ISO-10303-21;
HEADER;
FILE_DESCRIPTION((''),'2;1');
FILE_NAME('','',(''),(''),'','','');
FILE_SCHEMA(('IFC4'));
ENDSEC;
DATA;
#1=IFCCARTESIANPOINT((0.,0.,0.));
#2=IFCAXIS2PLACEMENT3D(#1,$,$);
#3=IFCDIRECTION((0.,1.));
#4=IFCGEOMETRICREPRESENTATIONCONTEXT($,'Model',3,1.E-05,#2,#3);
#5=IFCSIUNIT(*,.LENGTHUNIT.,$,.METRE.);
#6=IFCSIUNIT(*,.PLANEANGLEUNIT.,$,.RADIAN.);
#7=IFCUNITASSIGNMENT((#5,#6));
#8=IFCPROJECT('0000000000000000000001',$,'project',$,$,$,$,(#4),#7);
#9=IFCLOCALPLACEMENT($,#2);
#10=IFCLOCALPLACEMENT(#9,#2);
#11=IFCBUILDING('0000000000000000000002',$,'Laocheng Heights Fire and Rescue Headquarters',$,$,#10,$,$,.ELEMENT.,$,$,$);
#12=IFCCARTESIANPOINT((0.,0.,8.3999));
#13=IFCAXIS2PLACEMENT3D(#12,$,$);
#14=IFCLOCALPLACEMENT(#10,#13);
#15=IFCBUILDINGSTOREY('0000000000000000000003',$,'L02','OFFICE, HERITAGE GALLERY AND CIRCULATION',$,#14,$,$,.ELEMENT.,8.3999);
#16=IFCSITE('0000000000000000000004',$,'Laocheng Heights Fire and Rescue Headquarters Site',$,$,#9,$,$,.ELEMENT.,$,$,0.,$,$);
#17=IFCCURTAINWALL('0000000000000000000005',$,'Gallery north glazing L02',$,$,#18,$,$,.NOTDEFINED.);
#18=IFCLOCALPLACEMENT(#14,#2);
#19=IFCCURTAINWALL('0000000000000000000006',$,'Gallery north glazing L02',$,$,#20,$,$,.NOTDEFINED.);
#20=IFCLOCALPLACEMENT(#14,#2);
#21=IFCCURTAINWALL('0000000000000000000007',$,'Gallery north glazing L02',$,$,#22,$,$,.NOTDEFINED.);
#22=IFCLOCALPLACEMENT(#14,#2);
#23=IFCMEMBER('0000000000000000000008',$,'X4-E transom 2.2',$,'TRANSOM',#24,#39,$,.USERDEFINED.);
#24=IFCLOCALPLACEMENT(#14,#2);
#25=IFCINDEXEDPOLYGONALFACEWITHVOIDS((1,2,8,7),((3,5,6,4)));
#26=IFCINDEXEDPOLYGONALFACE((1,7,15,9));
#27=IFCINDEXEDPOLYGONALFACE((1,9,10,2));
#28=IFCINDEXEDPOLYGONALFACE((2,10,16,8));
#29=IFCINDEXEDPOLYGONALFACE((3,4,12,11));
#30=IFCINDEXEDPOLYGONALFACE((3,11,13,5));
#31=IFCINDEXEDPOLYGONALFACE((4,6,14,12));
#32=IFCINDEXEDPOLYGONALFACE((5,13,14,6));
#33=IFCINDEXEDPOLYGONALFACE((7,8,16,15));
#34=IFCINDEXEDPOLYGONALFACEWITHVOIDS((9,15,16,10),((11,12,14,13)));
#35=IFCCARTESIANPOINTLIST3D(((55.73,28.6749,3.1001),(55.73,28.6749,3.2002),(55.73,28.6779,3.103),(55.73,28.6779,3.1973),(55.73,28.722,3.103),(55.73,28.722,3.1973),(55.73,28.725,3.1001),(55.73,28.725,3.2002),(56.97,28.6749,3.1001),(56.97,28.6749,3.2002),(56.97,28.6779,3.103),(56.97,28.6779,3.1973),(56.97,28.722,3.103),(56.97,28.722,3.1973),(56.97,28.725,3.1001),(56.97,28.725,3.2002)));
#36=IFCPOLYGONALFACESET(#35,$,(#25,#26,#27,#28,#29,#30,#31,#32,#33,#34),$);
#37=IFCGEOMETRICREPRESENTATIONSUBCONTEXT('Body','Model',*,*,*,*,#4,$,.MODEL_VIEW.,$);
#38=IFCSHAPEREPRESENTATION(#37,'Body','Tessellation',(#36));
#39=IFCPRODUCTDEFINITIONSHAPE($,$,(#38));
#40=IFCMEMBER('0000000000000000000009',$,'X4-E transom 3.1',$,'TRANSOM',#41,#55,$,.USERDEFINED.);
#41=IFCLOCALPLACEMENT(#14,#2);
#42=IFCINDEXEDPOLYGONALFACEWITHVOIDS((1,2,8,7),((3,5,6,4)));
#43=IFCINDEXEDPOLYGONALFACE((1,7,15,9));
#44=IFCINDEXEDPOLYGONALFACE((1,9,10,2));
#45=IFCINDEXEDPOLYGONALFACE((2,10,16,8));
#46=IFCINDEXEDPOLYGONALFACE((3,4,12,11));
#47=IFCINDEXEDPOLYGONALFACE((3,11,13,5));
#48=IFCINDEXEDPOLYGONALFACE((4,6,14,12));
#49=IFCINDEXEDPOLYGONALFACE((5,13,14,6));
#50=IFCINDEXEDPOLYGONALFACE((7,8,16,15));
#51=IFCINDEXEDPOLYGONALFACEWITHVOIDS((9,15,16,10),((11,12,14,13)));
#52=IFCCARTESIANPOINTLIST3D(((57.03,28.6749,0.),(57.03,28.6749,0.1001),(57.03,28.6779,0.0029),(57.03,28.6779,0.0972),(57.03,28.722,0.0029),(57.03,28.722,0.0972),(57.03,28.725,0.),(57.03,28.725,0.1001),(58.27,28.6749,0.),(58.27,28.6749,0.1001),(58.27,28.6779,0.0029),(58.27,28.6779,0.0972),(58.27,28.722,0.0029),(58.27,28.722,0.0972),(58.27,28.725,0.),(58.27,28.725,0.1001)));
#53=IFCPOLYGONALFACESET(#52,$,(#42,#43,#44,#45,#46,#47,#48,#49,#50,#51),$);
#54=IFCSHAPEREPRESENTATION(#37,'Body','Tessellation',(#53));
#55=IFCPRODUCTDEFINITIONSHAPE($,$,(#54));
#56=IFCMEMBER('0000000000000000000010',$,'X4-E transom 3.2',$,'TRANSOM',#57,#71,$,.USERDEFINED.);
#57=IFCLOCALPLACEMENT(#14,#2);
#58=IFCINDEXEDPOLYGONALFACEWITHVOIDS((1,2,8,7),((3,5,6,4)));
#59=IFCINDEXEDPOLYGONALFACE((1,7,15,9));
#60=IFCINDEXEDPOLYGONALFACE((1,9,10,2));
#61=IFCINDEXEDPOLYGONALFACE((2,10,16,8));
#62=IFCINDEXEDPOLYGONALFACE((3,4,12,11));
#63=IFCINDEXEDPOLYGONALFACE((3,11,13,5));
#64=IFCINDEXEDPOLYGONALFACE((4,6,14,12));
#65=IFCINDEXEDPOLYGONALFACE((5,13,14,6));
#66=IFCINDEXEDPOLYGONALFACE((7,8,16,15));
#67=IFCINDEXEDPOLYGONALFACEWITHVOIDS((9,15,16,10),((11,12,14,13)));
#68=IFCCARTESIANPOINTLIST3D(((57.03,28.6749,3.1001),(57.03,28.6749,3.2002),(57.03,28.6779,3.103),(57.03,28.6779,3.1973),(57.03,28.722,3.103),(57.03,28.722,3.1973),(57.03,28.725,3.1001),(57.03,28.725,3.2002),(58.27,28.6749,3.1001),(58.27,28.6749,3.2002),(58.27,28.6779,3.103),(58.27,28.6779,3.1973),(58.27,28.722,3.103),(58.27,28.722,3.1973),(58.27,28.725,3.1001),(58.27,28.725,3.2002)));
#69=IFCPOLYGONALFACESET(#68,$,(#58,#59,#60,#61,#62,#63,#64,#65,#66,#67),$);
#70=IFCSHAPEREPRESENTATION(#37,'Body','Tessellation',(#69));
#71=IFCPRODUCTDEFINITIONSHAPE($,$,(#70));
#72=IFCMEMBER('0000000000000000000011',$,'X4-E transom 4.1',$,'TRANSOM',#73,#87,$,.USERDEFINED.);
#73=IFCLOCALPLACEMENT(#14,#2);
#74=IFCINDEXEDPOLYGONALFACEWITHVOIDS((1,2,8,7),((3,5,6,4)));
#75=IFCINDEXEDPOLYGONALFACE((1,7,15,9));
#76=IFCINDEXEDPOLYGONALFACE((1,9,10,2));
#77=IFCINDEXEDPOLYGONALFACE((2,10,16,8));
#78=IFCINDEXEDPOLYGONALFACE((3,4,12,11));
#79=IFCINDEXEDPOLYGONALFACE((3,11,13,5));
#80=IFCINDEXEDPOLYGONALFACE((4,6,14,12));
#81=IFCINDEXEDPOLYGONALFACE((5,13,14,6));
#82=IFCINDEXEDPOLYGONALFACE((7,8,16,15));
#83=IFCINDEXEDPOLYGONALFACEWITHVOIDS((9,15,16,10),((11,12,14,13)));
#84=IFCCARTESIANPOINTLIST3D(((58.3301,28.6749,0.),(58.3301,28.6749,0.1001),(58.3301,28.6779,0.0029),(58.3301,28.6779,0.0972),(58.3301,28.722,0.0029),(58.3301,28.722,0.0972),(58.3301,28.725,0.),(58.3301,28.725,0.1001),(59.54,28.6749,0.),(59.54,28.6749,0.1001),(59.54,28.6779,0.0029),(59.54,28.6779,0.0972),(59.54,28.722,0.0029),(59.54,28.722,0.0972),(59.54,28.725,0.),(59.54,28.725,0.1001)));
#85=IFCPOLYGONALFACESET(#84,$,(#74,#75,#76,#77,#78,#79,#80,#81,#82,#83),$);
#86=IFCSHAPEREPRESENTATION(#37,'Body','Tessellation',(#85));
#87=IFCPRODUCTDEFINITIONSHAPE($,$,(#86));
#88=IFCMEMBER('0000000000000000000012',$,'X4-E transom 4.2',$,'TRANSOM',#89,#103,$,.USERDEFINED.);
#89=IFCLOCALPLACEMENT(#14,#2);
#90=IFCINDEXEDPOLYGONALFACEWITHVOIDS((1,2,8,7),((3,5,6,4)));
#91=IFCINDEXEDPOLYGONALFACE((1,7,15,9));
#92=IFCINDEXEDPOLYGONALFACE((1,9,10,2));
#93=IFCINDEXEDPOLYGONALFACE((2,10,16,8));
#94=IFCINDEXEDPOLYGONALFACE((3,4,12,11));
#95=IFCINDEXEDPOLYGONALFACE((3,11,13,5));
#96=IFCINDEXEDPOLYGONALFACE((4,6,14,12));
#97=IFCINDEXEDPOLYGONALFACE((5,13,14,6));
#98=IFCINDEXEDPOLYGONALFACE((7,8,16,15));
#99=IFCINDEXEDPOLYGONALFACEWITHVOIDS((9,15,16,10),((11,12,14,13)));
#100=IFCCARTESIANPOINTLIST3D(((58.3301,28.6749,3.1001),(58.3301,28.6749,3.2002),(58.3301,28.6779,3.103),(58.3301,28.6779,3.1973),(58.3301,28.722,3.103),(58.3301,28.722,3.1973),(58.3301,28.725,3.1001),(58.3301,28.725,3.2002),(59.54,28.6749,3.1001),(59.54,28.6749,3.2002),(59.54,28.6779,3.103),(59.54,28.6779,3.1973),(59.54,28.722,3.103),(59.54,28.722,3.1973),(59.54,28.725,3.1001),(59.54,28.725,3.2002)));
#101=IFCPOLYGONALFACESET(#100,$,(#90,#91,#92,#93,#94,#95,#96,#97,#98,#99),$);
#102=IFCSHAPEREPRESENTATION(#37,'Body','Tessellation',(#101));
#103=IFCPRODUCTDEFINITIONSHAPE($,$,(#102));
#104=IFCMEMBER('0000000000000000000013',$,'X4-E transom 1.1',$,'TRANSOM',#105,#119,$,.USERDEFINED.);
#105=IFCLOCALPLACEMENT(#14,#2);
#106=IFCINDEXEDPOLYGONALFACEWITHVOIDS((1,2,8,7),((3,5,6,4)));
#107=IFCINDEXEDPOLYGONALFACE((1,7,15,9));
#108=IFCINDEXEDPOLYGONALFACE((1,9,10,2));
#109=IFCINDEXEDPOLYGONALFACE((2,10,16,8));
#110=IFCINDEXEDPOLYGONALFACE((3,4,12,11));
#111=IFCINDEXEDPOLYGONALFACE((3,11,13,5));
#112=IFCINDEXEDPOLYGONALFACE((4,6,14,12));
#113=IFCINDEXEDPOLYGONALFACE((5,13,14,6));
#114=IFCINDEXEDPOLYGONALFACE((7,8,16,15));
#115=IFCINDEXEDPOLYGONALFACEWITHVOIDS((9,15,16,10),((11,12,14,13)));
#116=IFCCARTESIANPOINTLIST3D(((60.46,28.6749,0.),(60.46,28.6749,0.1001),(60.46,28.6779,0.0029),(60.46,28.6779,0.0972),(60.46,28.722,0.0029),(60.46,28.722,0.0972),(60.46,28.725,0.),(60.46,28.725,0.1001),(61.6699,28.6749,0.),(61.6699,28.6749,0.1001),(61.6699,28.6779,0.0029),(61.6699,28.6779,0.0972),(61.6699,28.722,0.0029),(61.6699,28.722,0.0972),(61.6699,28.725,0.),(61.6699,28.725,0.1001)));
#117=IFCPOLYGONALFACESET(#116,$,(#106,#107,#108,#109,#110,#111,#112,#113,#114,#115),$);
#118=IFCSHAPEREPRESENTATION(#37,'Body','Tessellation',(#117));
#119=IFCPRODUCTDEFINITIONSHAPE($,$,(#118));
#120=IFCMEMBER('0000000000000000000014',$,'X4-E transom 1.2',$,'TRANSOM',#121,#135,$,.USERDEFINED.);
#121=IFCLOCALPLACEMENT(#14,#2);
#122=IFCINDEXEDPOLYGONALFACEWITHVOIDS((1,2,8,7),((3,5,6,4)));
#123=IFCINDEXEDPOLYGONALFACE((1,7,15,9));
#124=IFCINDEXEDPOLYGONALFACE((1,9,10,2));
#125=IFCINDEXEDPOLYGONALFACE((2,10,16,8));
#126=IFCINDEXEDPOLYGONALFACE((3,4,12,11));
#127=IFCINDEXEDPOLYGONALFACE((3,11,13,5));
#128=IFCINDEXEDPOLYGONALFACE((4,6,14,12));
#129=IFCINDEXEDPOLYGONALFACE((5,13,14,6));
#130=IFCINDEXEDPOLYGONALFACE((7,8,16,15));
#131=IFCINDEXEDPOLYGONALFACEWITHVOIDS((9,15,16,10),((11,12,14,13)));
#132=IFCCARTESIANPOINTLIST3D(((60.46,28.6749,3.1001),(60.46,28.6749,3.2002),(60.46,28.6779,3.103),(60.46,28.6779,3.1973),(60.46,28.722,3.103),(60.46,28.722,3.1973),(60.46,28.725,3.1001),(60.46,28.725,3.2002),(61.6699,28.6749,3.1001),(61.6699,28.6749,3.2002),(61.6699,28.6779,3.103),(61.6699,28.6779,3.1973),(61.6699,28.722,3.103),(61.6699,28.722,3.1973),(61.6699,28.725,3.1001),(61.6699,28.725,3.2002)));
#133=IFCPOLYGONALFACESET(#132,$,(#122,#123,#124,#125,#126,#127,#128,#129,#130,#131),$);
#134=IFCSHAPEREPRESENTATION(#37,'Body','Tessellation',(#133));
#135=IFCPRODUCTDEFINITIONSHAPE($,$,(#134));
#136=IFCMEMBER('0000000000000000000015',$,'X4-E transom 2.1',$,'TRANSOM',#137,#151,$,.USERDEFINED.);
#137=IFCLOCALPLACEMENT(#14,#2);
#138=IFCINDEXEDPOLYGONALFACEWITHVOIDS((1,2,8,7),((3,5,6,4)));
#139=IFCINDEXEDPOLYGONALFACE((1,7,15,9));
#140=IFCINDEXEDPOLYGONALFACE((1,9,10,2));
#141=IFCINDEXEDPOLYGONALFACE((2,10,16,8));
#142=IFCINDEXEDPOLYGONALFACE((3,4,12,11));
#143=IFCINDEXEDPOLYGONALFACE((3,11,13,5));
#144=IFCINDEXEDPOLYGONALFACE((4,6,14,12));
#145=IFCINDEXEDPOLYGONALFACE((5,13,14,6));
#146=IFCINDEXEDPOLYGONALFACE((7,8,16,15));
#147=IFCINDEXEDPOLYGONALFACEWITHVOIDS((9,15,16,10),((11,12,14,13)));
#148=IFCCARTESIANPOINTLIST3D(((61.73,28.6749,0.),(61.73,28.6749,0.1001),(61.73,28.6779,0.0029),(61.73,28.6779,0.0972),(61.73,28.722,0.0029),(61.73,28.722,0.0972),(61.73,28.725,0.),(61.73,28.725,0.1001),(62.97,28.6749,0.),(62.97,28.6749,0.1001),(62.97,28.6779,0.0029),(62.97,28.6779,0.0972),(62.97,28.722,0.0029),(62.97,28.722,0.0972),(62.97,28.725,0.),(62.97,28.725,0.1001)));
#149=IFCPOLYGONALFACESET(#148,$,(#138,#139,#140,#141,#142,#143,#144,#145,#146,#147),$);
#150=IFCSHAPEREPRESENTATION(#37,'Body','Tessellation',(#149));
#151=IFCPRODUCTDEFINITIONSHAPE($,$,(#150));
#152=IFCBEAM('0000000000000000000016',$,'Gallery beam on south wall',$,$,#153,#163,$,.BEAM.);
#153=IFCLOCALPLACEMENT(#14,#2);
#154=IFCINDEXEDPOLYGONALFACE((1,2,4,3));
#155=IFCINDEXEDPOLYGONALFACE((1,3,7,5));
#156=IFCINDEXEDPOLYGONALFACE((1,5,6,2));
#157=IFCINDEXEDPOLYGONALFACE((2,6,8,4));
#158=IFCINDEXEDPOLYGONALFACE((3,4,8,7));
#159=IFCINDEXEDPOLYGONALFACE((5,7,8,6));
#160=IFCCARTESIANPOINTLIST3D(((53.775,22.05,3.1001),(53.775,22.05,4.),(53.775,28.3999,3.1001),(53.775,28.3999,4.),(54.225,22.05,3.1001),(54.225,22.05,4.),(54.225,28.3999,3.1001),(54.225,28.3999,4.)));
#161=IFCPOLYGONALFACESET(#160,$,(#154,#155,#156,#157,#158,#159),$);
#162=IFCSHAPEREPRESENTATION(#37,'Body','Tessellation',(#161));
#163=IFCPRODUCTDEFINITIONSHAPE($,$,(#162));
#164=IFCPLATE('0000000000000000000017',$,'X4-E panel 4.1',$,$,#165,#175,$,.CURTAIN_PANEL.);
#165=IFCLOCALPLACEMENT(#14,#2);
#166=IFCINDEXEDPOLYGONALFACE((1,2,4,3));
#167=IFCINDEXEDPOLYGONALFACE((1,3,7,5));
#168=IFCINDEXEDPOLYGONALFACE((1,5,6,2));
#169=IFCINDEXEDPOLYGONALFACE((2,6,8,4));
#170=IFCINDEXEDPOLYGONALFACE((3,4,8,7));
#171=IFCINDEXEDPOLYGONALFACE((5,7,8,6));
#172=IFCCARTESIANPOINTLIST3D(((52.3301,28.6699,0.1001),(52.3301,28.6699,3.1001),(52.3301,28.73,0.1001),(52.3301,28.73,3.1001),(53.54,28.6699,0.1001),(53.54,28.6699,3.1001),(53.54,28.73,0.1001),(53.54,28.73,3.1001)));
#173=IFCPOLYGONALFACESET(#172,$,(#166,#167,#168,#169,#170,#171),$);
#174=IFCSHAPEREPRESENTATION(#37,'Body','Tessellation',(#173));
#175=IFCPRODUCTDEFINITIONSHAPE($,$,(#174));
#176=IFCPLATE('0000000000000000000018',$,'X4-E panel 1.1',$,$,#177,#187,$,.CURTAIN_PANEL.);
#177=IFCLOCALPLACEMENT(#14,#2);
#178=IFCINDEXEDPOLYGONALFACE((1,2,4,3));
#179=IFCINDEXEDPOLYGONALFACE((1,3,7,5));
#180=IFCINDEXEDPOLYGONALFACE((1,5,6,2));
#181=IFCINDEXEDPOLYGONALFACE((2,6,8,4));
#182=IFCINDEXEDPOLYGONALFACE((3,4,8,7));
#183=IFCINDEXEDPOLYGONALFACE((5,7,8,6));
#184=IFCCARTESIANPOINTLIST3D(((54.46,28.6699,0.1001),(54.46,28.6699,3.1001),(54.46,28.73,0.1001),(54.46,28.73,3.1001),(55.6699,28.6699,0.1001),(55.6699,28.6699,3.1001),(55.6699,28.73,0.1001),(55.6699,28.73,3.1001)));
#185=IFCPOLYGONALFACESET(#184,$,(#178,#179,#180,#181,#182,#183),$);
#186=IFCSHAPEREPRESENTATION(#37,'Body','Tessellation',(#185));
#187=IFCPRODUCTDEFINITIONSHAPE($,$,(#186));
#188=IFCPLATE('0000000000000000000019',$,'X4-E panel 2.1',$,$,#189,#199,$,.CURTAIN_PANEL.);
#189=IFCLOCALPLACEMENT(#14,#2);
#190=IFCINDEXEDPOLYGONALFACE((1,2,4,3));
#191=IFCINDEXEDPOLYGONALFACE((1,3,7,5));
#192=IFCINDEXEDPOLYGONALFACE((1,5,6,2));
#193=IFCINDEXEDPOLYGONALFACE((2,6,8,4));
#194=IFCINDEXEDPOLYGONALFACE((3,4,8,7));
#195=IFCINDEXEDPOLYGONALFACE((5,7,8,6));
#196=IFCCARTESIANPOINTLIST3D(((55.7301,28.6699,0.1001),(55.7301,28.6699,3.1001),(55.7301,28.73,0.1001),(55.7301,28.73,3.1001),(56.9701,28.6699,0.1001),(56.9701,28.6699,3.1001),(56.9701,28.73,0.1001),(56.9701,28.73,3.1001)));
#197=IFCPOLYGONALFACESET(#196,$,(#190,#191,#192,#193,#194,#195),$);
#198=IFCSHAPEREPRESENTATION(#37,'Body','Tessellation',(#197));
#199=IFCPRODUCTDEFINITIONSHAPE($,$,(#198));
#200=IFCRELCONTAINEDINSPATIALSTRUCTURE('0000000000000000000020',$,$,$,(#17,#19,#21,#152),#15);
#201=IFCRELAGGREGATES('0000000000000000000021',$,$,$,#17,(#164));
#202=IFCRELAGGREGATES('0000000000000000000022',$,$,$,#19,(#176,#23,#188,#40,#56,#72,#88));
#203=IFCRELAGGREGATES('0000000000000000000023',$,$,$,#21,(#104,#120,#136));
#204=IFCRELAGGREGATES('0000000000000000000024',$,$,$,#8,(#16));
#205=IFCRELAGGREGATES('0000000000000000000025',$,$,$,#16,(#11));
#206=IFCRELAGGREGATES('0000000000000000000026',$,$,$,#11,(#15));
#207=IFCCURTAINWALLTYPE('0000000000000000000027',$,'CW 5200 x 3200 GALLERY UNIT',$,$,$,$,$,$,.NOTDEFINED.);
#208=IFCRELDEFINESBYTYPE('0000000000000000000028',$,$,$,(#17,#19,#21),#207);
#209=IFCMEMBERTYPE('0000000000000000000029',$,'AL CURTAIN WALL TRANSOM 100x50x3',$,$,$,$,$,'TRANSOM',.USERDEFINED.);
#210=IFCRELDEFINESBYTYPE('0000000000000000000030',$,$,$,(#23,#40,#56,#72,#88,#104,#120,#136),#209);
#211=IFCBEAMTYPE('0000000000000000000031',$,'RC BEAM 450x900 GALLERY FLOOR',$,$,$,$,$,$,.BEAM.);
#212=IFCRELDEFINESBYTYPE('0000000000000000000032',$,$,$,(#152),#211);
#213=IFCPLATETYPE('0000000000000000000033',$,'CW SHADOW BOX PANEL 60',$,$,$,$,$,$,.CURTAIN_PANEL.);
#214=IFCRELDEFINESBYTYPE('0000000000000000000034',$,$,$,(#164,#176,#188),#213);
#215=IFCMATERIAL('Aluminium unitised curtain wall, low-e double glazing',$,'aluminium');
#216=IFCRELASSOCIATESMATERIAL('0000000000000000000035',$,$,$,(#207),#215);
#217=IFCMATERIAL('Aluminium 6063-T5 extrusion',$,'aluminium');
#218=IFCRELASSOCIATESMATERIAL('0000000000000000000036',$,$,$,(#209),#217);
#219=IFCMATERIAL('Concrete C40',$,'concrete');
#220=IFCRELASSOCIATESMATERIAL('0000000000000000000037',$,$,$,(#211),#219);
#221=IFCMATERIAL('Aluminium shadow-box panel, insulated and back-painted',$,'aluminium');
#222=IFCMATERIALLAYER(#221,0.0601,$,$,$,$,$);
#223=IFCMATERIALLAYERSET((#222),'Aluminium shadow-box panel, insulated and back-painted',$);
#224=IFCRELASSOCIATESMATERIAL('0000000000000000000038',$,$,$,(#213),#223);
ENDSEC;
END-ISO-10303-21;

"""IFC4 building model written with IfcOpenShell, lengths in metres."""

from ifc_helpers import new_model, si_unit, direction, frame, origin, origin_2d, place, context, subcontext, project, spatial, rectangle, hollow_rectangle, extrude, material, layer, layer_set, material_profile, profile_set, type_object, element, aggregate, save


model = new_model("IFC4")

# Units and contexts
model_context = context("Model", 3, precision=1e-05, world=origin(), true_north=direction((0.0, 1.0)))
body_context = subcontext(model_context, "Body", "Model", "MODEL_VIEW")
ifc_project = project(units=[si_unit("LENGTHUNIT", "METRE"), si_unit("PLANEANGLEUNIT", "RADIAN")], contexts=[model_context])

# Site, building, storey
site_placement = place(None, origin())
site = spatial("IfcSite", under=ifc_project, at=site_placement, Name="Laocheng Heights Fire and Rescue Headquarters Site", CompositionType="ELEMENT", RefElevation=0.0)
building_placement = place(site_placement, origin())
building = spatial("IfcBuilding", under=site, at=building_placement, Name="Laocheng Heights Fire and Rescue Headquarters", CompositionType="ELEMENT")
storey_placement = place(building_placement, frame((0.0, 0.0, 8.3999)))
storey = spatial("IfcBuildingStorey", under=building, at=storey_placement, Name="L02", Description="OFFICE, HERITAGE GALLERY AND CIRCULATION", CompositionType="ELEMENT", Elevation=8.3999)

# Curtain wall
ifc_material_1 = material(Name="Aluminium unitised curtain wall, low-e double glazing", Category="aluminium")
curtain_wall_type = type_object("IfcCurtainWallType", Name="CW 5200 x 3200 GALLERY UNIT", PredefinedType="NOTDEFINED", material=ifc_material_1)
curtain_wall_1_placement = place(storey_placement, origin())
curtain_wall_1 = element("IfcCurtainWall", 1, at=curtain_wall_1_placement, inside=storey, type_object=curtain_wall_type, Name="Gallery north glazing L02", PredefinedType="NOTDEFINED")

# Curtain walls
curtain_wall_2_placement = place(storey_placement, origin())
curtain_wall_2 = element("IfcCurtainWall", 2, at=curtain_wall_2_placement, inside=storey, type_object=curtain_wall_type, Name="Gallery north glazing L02", PredefinedType="NOTDEFINED")
curtain_wall_3_placement = place(storey_placement, origin())
curtain_wall_3 = element("IfcCurtainWall", 3, at=curtain_wall_3_placement, inside=storey, type_object=curtain_wall_type, Name="Gallery north glazing L02", PredefinedType="NOTDEFINED")

# Members
ifc_material_2 = material(Name="Aluminium 6063-T5 extrusion", Category="aluminium")
ifc_material_profile_1 = material_profile(ifc_material_2, hollow_rectangle(XDim=0.05, YDim=0.1001, WallThickness=0.0029, at=origin_2d()), Name="AL TRANSOM 100x50x3")
ifc_profile_set_1 = profile_set([ifc_material_profile_1], Name="Aluminium 6063-T5 extrusion")
member_type_1 = type_object("IfcMemberType", Name="AL CURTAIN WALL TRANSOM 100x50x3", ElementType="TRANSOM", PredefinedType="USERDEFINED", material=ifc_profile_set_1)
member_1_placement = place(storey_placement, frame((55.73, 28.7, 3.1501), z_axis=(1.0, 0.0, 0.0), x_axis=(0.0, 1.0, 0.0)))
member_1 = element("IfcMember", 4, at=member_1_placement, type_object=member_type_1, Name="X4-E transom 2.2", ObjectType="TRANSOM", PredefinedType="USERDEFINED", context=body_context, shape_type="SweptSolid", body=[
    extrude(hollow_rectangle(XDim=0.05, YDim=0.1001, WallThickness=0.0029, at=origin_2d()), origin(), (0.0, 0.0, 1.0), 1.24),
])
member_2_placement = place(storey_placement, frame((57.03, 28.7, 0.05), z_axis=(1.0, 0.0, 0.0), x_axis=(0.0, 1.0, 0.0)))
member_2 = element("IfcMember", 5, at=member_2_placement, type_object=member_type_1, Name="X4-E transom 3.1", ObjectType="TRANSOM", PredefinedType="USERDEFINED", context=body_context, shape_type="SweptSolid", body=[
    extrude(hollow_rectangle(XDim=0.05, YDim=0.1001, WallThickness=0.0029, at=origin_2d()), origin(), (0.0, 0.0, 1.0), 1.24),
])
member_3_placement = place(storey_placement, frame((57.03, 28.7, 3.1501), z_axis=(1.0, 0.0, 0.0), x_axis=(0.0, 1.0, 0.0)))
member_3 = element("IfcMember", 6, at=member_3_placement, type_object=member_type_1, Name="X4-E transom 3.2", ObjectType="TRANSOM", PredefinedType="USERDEFINED", context=body_context, shape_type="SweptSolid", body=[
    extrude(hollow_rectangle(XDim=0.05, YDim=0.1001, WallThickness=0.0029, at=origin_2d()), origin(), (0.0, 0.0, 1.0), 1.24),
])
member_4_placement = place(storey_placement, frame((58.3301, 28.7, 0.05), z_axis=(1.0, 0.0, 0.0), x_axis=(0.0, 1.0, 0.0)))
member_4 = element("IfcMember", 7, at=member_4_placement, type_object=member_type_1, Name="X4-E transom 4.1", ObjectType="TRANSOM", PredefinedType="USERDEFINED", context=body_context, shape_type="SweptSolid", body=[
    extrude(hollow_rectangle(XDim=0.05, YDim=0.1001, WallThickness=0.0029, at=origin_2d()), origin(), (0.0, 0.0, 1.0), 1.21),
])
member_5_placement = place(storey_placement, frame((58.3301, 28.7, 3.1501), z_axis=(1.0, 0.0, 0.0), x_axis=(0.0, 1.0, 0.0)))
member_5 = element("IfcMember", 8, at=member_5_placement, type_object=member_type_1, Name="X4-E transom 4.2", ObjectType="TRANSOM", PredefinedType="USERDEFINED", context=body_context, shape_type="SweptSolid", body=[
    extrude(hollow_rectangle(XDim=0.05, YDim=0.1001, WallThickness=0.0029, at=origin_2d()), origin(), (0.0, 0.0, 1.0), 1.21),
])
member_6_placement = place(storey_placement, frame((60.46, 28.7, 0.05), z_axis=(1.0, 0.0, 0.0), x_axis=(0.0, 1.0, 0.0)))
member_6 = element("IfcMember", 9, at=member_6_placement, type_object=member_type_1, Name="X4-E transom 1.1", ObjectType="TRANSOM", PredefinedType="USERDEFINED", context=body_context, shape_type="SweptSolid", body=[
    extrude(hollow_rectangle(XDim=0.05, YDim=0.1001, WallThickness=0.0029, at=origin_2d()), origin(), (0.0, 0.0, 1.0), 1.21),
])
member_7_placement = place(storey_placement, frame((60.46, 28.7, 3.1501), z_axis=(1.0, 0.0, 0.0), x_axis=(0.0, 1.0, 0.0)))
member_7 = element("IfcMember", 10, at=member_7_placement, type_object=member_type_1, Name="X4-E transom 1.2", ObjectType="TRANSOM", PredefinedType="USERDEFINED", context=body_context, shape_type="SweptSolid", body=[
    extrude(hollow_rectangle(XDim=0.05, YDim=0.1001, WallThickness=0.0029, at=origin_2d()), origin(), (0.0, 0.0, 1.0), 1.21),
])
member_8_placement = place(storey_placement, frame((61.73, 28.7, 0.05), z_axis=(1.0, 0.0, 0.0), x_axis=(0.0, 1.0, 0.0)))
member_8 = element("IfcMember", 11, at=member_8_placement, type_object=member_type_1, Name="X4-E transom 2.1", ObjectType="TRANSOM", PredefinedType="USERDEFINED", context=body_context, shape_type="SweptSolid", body=[
    extrude(hollow_rectangle(XDim=0.05, YDim=0.1001, WallThickness=0.0029, at=origin_2d()), origin(), (0.0, 0.0, 1.0), 1.24),
])

# Beam
ifc_material_3 = material(Name="Concrete C40", Category="concrete")
ifc_material_profile_2 = material_profile(ifc_material_3, rectangle(XDim=0.45, YDim=0.8999, at=origin_2d()), Name="RC BEAM 450x900 GALLERY FLOOR")
ifc_profile_set_2 = profile_set([ifc_material_profile_2], Name="Concrete C40")
beam_type = type_object("IfcBeamType", Name="RC BEAM 450x900 GALLERY FLOOR", PredefinedType="BEAM", material=ifc_profile_set_2)
beam_placement = place(storey_placement, frame((54.0, 22.05, 3.55), z_axis=(0.0, 1.0, 0.0), x_axis=(-1.0, 0.0, 0.0)))
element("IfcBeam", 12, at=beam_placement, inside=storey, type_object=beam_type, Name="Gallery beam on south wall", PredefinedType="BEAM", context=body_context, shape_type="SweptSolid", body=[
    extrude(rectangle(XDim=0.45, YDim=0.8999, at=origin_2d()), origin(), (0.0, 0.0, 1.0), 6.3499),
])

# Plates
ifc_material_4 = material(Name="Aluminium shadow-box panel, insulated and back-painted", Category="aluminium")
ifc_layer_1 = layer(ifc_material_4, 0.0601)
ifc_layer_set_1 = layer_set([ifc_layer_1], Name="Aluminium shadow-box panel, insulated and back-painted")
plate_type = type_object("IfcPlateType", Name="CW SHADOW BOX PANEL 60", PredefinedType="CURTAIN_PANEL", material=ifc_layer_set_1)
plate_1_placement = place(storey_placement, frame((52.9351, 28.7, 0.1001), z_axis=(0.0, 0.0, 1.0), x_axis=(1.0, 0.0, 0.0)))
plate_1 = element("IfcPlate", 13, at=plate_1_placement, type_object=plate_type, Name="X4-E panel 4.1", PredefinedType="CURTAIN_PANEL", context=body_context, shape_type="SweptSolid", body=[
    extrude(rectangle(XDim=1.21, YDim=0.0601, at=origin_2d()), origin(), (0.0, 0.0, 1.0), 3.0),
])
aggregate(curtain_wall_1, [plate_1])
plate_2_placement = place(storey_placement, frame((55.0649, 28.7, 0.1001), z_axis=(0.0, 0.0, 1.0), x_axis=(1.0, 0.0, 0.0)))
plate_2 = element("IfcPlate", 14, at=plate_2_placement, type_object=plate_type, Name="X4-E panel 1.1", PredefinedType="CURTAIN_PANEL", context=body_context, shape_type="SweptSolid", body=[
    extrude(rectangle(XDim=1.21, YDim=0.0601, at=origin_2d()), origin(), (0.0, 0.0, 1.0), 3.0),
])
plate_3_placement = place(storey_placement, frame((56.3501, 28.7, 0.1001), z_axis=(0.0, 0.0, 1.0), x_axis=(1.0, 0.0, 0.0)))
plate_3 = element("IfcPlate", 15, at=plate_3_placement, type_object=plate_type, Name="X4-E panel 2.1", PredefinedType="CURTAIN_PANEL", context=body_context, shape_type="SweptSolid", body=[
    extrude(rectangle(XDim=1.24, YDim=0.0601, at=origin_2d()), origin(), (0.0, 0.0, 1.0), 3.0),
])
aggregate(curtain_wall_2, [plate_2, member_1, plate_3, member_2, member_3, member_4, member_5])
aggregate(curtain_wall_3, [member_6, member_7, member_8])

save(model, "model.ifc")
